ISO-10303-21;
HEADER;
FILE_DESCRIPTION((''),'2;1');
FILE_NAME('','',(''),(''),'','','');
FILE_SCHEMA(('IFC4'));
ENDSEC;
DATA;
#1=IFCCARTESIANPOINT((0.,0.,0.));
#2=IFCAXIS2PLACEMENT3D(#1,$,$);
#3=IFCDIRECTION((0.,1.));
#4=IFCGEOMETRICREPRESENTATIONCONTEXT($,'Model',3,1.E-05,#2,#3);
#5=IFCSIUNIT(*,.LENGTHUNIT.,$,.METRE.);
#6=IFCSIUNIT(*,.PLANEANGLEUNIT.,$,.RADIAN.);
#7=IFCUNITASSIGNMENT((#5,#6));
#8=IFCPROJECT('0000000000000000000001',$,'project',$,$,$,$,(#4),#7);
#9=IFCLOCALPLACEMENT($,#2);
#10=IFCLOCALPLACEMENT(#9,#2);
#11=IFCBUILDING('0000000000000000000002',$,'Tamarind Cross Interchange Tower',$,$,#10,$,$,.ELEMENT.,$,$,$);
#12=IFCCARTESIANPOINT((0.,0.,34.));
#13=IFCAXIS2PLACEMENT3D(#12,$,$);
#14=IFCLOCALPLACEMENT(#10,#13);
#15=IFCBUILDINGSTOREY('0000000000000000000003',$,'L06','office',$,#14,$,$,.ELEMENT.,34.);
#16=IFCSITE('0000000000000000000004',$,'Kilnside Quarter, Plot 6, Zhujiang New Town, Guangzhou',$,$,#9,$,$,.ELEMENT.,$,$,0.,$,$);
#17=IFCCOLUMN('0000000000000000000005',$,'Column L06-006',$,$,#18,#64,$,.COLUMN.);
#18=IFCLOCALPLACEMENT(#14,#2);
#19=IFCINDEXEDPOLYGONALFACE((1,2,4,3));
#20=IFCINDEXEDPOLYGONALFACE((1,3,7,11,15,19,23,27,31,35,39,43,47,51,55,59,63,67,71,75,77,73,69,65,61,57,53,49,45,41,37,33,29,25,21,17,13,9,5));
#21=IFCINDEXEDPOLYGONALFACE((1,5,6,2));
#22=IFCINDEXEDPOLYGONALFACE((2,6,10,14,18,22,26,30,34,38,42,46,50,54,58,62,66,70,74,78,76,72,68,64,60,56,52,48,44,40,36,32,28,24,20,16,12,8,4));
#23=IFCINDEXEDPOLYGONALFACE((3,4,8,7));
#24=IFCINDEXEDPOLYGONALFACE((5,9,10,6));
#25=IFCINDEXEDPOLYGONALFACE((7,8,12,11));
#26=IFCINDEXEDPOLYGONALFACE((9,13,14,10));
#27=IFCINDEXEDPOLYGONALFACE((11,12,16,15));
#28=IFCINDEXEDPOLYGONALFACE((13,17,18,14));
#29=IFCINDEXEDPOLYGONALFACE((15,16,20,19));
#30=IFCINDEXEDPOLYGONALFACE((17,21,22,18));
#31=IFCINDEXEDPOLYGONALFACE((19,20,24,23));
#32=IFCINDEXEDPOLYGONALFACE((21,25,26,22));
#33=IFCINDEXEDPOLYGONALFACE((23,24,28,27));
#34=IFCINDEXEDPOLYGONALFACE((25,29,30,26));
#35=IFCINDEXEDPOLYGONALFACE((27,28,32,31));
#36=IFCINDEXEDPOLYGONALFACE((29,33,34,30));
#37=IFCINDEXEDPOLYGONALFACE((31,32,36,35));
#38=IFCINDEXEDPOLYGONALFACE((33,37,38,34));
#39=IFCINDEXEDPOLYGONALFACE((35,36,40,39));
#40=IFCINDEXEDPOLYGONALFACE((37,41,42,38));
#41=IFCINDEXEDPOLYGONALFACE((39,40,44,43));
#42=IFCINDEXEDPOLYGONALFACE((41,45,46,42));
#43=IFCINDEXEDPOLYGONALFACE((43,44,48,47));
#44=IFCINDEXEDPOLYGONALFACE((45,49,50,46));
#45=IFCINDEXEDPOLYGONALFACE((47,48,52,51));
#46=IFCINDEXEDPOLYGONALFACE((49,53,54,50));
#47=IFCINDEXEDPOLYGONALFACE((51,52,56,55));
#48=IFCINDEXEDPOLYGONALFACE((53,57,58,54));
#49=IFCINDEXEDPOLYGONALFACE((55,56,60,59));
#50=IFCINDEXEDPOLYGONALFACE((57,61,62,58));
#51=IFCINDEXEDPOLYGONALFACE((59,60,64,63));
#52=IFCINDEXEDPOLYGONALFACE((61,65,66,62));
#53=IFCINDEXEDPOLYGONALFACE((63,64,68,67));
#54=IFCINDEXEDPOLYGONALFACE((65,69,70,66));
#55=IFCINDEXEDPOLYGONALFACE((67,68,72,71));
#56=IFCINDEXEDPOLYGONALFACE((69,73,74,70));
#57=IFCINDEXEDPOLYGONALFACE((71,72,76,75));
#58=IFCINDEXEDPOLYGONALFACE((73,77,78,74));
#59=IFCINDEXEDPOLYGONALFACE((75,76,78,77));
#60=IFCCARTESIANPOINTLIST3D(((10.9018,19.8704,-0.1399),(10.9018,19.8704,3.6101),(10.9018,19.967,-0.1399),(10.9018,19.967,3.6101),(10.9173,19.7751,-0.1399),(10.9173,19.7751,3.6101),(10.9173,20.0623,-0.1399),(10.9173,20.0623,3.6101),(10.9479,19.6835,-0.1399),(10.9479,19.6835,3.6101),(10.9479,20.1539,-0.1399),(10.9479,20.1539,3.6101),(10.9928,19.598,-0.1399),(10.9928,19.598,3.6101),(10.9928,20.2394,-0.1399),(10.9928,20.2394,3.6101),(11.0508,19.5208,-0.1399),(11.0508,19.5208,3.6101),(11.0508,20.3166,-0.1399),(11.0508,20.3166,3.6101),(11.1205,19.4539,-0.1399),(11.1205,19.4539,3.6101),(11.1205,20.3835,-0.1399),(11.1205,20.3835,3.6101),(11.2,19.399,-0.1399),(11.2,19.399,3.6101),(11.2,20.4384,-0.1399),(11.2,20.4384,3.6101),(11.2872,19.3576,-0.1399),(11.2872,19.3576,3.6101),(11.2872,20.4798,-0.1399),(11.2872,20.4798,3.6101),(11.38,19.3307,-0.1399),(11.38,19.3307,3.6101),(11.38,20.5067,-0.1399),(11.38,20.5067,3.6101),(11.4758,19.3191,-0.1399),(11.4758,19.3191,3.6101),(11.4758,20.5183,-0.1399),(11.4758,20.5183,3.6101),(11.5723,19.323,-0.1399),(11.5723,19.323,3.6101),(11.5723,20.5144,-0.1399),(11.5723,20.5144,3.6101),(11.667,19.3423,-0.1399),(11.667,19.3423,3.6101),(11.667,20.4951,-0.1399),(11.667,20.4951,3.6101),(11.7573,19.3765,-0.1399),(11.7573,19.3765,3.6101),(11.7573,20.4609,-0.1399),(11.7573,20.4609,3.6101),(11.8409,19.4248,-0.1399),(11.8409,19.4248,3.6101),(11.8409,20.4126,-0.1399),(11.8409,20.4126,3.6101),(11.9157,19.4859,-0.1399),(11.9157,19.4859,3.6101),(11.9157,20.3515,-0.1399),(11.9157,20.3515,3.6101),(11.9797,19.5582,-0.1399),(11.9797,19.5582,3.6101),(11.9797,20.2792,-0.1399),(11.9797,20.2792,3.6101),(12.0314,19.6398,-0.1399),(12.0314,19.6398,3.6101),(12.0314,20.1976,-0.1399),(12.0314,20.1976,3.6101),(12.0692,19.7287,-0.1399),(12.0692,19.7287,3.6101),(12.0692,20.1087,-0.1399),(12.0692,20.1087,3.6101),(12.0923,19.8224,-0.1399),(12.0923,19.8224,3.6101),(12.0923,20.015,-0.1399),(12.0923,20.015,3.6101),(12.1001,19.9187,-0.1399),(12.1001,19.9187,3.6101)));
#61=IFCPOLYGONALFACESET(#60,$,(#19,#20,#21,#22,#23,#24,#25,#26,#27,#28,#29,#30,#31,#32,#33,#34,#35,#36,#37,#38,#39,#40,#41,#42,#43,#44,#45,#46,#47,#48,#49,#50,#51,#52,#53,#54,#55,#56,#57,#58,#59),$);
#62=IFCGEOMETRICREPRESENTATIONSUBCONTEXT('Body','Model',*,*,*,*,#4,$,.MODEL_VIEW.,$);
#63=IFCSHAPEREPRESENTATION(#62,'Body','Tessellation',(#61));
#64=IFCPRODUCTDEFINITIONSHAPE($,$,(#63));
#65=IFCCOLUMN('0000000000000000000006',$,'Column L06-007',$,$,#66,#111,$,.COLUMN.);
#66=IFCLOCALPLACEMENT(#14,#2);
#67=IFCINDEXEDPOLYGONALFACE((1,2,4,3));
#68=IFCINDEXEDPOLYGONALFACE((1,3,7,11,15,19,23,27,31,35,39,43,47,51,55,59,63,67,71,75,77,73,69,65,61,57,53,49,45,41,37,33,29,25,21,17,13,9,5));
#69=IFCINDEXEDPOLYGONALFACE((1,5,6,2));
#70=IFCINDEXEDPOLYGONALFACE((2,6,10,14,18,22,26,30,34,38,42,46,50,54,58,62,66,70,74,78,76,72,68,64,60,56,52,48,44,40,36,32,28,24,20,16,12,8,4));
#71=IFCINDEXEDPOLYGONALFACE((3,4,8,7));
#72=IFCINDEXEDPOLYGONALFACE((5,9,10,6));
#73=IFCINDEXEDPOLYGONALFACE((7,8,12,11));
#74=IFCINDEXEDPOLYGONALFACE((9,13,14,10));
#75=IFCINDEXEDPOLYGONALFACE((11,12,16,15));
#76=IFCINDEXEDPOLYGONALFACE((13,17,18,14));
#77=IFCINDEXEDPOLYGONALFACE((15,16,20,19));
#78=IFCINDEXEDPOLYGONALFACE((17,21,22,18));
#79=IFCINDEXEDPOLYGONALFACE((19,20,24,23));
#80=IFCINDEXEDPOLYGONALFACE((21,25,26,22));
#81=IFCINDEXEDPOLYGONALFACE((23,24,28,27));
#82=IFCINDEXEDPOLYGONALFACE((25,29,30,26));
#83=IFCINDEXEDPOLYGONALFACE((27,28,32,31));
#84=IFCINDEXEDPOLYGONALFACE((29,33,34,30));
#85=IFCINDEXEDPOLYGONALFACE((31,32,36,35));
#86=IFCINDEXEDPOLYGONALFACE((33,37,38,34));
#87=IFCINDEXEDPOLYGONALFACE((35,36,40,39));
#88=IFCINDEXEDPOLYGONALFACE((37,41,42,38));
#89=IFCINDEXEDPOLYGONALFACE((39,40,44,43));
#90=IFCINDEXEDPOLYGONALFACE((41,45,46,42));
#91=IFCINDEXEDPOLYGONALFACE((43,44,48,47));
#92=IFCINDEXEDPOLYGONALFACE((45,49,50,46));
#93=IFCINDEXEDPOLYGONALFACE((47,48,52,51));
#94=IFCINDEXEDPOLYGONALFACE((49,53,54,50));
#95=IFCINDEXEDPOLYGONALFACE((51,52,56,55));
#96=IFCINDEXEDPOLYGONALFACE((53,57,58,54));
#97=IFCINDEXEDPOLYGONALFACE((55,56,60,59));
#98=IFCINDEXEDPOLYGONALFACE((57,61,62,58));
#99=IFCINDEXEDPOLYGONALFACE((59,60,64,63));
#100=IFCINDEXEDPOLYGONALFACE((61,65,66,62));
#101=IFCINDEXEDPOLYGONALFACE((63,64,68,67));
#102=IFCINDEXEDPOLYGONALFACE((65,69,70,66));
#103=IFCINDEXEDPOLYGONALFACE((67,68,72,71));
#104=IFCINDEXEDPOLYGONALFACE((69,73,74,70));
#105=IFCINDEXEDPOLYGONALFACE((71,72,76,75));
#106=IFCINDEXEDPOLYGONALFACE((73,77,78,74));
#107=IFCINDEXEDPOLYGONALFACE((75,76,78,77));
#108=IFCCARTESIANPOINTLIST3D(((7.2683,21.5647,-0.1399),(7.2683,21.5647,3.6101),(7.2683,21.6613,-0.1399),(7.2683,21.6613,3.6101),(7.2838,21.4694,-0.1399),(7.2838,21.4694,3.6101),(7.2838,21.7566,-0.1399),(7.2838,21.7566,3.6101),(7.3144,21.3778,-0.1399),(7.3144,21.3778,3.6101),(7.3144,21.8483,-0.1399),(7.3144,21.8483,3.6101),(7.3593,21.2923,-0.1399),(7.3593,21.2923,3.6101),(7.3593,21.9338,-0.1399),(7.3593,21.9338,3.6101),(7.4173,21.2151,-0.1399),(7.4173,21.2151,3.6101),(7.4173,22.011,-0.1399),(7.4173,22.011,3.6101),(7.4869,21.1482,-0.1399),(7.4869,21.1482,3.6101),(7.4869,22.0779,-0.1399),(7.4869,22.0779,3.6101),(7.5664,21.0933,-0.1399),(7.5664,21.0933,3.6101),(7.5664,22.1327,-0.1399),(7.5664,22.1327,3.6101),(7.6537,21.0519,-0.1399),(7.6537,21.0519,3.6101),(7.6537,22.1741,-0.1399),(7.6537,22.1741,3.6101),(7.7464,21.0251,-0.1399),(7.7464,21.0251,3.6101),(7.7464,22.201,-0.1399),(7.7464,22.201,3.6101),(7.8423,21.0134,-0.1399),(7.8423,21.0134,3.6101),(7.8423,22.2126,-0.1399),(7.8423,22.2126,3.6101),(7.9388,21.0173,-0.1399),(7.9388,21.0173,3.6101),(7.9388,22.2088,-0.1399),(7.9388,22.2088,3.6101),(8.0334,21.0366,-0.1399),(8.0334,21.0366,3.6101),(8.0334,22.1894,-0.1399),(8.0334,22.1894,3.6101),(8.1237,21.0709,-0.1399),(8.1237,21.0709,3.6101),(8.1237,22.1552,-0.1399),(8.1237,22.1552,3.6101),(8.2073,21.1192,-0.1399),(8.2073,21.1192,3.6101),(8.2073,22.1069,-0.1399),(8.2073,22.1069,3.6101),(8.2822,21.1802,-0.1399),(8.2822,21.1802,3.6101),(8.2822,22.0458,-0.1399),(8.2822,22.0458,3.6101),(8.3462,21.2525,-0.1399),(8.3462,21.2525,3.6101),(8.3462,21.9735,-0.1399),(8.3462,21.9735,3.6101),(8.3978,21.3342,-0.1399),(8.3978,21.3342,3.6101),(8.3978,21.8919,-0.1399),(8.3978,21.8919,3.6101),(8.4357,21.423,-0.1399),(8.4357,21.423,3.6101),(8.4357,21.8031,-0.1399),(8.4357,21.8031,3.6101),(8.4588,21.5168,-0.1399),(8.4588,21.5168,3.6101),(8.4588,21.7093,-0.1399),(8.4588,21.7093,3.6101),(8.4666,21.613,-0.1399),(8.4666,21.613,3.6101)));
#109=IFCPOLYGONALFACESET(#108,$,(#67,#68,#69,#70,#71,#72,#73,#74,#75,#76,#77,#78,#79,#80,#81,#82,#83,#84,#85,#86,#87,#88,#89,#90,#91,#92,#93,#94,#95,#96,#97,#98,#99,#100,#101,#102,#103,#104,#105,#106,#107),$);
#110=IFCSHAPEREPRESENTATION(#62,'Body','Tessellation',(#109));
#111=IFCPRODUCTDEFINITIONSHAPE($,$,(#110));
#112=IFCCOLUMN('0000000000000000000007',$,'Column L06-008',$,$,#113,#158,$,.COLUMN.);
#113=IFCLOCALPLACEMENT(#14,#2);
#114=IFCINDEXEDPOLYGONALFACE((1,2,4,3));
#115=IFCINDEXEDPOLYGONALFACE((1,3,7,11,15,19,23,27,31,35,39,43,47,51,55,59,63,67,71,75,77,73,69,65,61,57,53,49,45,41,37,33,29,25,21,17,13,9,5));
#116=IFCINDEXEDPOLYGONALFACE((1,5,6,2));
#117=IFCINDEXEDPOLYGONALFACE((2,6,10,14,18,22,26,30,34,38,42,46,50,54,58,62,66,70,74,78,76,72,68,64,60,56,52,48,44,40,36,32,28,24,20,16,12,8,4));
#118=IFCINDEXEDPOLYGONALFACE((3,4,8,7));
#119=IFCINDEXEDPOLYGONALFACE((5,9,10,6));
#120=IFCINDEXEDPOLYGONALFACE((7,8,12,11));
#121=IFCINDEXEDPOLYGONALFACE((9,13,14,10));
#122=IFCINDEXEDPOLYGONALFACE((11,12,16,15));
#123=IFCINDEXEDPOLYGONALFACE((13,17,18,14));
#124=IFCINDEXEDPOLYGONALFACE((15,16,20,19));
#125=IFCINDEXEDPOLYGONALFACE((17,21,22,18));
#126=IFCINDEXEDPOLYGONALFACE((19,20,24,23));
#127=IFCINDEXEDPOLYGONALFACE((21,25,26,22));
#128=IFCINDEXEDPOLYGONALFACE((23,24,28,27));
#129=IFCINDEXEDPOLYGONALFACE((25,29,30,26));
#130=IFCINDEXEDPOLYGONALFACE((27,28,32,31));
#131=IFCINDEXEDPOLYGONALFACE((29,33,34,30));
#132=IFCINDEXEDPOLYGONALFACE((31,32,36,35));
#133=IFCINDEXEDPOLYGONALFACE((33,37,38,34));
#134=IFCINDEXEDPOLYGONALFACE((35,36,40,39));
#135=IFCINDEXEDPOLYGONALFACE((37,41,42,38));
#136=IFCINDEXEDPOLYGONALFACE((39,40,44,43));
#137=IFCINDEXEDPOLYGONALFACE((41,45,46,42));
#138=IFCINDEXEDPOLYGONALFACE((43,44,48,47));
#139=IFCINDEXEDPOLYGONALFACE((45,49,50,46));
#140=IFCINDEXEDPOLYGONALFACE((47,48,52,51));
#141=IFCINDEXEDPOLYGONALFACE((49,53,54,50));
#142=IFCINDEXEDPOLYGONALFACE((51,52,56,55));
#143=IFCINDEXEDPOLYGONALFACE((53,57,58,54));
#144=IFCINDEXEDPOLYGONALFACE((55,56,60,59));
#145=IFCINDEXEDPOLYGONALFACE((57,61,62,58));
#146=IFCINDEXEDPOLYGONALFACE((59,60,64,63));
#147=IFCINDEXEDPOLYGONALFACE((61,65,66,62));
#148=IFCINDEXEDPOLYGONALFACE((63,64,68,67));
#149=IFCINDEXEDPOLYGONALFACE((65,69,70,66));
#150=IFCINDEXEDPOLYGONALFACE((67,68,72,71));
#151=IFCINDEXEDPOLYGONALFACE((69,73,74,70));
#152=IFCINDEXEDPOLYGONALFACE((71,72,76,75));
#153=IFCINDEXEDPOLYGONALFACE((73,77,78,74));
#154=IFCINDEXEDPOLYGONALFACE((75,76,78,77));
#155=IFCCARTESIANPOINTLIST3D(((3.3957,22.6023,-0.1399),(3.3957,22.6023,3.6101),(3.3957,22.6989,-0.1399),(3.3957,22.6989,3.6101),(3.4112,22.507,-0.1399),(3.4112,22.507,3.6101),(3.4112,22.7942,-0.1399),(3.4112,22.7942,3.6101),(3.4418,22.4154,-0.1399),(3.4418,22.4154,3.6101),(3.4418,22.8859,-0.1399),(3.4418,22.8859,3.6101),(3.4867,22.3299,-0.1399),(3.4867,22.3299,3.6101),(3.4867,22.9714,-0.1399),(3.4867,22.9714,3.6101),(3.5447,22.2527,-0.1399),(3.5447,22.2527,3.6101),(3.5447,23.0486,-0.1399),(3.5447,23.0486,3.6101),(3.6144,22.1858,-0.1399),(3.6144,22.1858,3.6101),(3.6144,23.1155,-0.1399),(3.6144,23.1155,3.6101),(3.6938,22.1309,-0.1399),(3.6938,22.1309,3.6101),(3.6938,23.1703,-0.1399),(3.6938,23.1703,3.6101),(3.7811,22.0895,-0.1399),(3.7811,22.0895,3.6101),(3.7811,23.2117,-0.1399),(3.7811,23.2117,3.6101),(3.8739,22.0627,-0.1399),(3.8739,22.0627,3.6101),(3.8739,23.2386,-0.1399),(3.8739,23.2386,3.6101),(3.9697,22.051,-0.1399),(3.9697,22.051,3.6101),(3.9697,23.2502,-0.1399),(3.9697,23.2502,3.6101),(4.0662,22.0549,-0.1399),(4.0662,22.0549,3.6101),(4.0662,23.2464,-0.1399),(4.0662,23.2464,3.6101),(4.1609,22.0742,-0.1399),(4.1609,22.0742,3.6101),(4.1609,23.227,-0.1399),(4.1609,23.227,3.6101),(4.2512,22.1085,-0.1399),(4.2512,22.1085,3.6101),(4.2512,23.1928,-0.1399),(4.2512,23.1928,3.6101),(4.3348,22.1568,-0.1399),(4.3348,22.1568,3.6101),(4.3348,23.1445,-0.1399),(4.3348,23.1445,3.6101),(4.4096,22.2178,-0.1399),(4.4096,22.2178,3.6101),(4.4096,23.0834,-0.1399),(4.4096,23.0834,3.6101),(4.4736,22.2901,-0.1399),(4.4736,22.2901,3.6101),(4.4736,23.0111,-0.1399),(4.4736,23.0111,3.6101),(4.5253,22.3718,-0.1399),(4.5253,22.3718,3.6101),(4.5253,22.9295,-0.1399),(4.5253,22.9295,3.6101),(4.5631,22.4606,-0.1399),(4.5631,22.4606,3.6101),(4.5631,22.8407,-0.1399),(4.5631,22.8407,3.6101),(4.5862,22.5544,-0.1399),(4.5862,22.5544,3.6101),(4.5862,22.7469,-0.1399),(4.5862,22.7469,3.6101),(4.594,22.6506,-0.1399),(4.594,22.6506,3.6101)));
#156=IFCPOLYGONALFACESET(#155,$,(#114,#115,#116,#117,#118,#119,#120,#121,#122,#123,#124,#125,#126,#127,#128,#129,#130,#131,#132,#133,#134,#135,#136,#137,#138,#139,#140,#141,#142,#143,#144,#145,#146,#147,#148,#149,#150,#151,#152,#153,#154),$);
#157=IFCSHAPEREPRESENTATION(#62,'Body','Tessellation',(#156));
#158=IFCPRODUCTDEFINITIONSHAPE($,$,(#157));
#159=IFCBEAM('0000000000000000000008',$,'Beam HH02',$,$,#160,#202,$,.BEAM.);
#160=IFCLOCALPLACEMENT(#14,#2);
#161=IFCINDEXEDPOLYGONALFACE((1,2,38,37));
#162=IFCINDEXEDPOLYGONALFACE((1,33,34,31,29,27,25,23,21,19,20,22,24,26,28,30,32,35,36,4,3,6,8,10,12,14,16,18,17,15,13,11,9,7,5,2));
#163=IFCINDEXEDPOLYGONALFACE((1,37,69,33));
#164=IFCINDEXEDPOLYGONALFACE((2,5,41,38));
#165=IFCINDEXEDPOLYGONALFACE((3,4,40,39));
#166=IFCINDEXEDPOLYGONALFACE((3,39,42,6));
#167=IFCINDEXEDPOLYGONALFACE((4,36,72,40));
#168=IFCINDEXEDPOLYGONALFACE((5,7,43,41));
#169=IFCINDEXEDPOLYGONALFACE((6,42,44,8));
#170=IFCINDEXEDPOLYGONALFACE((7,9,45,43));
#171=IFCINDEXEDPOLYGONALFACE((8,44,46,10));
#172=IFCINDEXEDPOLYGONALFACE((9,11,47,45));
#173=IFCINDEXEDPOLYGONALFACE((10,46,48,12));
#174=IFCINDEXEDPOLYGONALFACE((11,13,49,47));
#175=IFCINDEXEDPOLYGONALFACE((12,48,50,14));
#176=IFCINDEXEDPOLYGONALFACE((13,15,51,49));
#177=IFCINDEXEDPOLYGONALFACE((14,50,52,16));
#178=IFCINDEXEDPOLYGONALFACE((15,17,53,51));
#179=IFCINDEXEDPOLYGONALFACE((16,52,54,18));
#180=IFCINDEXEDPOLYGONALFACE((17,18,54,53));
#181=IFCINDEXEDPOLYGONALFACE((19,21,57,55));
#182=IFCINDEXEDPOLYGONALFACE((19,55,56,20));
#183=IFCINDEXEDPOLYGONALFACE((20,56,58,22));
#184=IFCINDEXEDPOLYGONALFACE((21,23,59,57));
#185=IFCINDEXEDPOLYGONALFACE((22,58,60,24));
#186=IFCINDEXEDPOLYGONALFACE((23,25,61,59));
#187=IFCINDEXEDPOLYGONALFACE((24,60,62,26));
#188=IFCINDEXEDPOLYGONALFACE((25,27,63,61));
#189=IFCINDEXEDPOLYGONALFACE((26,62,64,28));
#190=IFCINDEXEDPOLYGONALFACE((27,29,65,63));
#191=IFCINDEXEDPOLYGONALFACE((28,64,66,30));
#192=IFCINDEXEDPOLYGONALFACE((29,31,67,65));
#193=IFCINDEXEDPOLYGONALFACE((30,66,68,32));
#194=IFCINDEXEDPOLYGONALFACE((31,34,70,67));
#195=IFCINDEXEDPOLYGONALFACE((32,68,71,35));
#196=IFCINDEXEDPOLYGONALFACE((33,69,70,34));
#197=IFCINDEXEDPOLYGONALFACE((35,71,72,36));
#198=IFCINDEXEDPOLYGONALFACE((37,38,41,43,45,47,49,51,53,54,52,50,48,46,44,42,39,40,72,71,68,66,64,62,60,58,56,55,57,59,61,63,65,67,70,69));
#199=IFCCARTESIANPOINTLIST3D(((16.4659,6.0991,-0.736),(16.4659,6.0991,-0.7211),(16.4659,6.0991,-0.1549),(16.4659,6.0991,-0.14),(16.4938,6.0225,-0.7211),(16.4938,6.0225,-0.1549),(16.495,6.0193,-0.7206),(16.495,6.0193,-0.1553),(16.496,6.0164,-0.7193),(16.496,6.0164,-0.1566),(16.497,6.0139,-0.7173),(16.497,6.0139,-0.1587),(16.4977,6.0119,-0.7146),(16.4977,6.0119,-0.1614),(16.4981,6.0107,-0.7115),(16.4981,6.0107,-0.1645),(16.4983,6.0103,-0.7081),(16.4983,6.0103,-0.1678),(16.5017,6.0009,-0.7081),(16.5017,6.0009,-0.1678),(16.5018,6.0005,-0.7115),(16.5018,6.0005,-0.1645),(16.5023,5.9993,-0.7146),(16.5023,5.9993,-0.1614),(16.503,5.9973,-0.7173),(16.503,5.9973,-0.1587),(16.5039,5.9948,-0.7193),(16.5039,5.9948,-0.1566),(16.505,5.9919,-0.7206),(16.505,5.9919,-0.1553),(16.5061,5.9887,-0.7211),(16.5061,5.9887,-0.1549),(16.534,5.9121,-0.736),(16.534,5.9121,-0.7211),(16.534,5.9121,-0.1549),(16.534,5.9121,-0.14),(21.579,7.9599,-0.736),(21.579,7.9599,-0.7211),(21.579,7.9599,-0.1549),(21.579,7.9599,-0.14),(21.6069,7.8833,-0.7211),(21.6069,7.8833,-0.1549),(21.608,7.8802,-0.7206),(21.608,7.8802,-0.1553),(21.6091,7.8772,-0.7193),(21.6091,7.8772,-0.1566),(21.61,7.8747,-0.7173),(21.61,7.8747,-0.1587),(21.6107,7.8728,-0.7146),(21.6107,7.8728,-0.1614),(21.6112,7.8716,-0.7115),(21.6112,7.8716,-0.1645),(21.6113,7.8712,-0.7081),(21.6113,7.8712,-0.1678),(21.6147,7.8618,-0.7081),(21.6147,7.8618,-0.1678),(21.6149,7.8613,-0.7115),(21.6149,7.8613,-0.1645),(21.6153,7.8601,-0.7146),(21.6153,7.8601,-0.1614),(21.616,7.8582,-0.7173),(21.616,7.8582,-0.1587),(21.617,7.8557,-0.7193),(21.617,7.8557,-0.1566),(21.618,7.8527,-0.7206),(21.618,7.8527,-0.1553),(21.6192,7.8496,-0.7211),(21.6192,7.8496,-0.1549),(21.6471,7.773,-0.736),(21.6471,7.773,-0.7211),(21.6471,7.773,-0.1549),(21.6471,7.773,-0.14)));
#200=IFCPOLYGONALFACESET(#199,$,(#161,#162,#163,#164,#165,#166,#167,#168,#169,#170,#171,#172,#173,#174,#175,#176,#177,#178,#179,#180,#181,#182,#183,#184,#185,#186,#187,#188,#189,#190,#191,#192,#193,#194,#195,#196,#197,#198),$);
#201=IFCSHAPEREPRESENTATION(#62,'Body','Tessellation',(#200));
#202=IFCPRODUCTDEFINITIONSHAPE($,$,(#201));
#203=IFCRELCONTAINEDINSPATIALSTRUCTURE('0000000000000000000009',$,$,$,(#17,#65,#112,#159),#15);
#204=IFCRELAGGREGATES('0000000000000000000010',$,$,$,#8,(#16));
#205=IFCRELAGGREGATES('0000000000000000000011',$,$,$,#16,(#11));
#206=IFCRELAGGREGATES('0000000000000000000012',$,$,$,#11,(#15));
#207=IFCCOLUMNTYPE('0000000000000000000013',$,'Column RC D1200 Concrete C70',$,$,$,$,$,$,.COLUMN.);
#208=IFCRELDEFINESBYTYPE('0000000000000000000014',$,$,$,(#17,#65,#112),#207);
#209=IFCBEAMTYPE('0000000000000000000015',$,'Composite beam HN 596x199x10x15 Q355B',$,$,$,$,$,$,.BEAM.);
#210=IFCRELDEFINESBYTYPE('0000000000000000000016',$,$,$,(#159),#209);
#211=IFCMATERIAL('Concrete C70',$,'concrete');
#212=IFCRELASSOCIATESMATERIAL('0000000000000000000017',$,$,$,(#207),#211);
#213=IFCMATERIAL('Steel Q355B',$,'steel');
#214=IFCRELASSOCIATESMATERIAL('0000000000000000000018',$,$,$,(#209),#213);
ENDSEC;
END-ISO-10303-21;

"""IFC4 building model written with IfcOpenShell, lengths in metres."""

from ifc_helpers import new_model, si_unit, direction, frame, origin, origin_2d, place, context, subcontext, project, spatial, circle, i_section, extrude, material, material_profile, profile_set, type_object, element, save


model = new_model("IFC4")

# Units and contexts
model_context = context("Model", 3, precision=1e-05, world=origin(), true_north=direction((0.0, 1.0)))
body_context = subcontext(model_context, "Body", "Model", "MODEL_VIEW")
ifc_project = project(units=[si_unit("LENGTHUNIT", "METRE"), si_unit("PLANEANGLEUNIT", "RADIAN")], contexts=[model_context])

# Site, building, storey
site_placement = place(None, origin())
site = spatial("IfcSite", under=ifc_project, at=site_placement, Name="Kilnside Quarter, Plot 6, Zhujiang New Town, Guangzhou", CompositionType="ELEMENT", RefElevation=0.0)
building_placement = place(site_placement, origin())
building = spatial("IfcBuilding", under=site, at=building_placement, Name="Tamarind Cross Interchange Tower", CompositionType="ELEMENT")
storey_placement = place(building_placement, frame((0.0, 0.0, 34.0)))
storey = spatial("IfcBuildingStorey", under=building, at=storey_placement, Name="L06", Description="office", CompositionType="ELEMENT", Elevation=34.0)

# Columns
ifc_material_1 = material(Name="Concrete C70", Category="concrete")
ifc_material_profile_1 = material_profile(ifc_material_1, circle(Radius=0.6001, at=origin_2d()), Name="RC D1200")
ifc_profile_set_1 = profile_set([ifc_material_profile_1], Name="Concrete C70")
column_type = type_object("IfcColumnType", Name="Column RC D1200 Concrete C70", PredefinedType="COLUMN", material=ifc_profile_set_1)
for number, where, z_axis, x_axis, name in (
    (1, (11.5, 19.9187, -0.1399), (0.0, 0.0, 1.0), (1.0, 0.0, 0.0), "Column L06-006"),
    (2, (7.8665, 21.613, -0.1399), (0.0, 0.0, 1.0), (1.0, 0.0, 0.0), "Column L06-007"),
    (3, (3.9939, 22.6506, -0.1399), (0.0, 0.0, 1.0), (1.0, 0.0, 0.0), "Column L06-008"),
):
    element("IfcColumn", number, at=place(storey_placement, frame(where, z_axis=z_axis, x_axis=x_axis)), inside=storey, type_object=column_type, Name=name, PredefinedType="COLUMN", context=body_context, shape_type="SweptSolid", body=[
        extrude(circle(Radius=0.6001, at=origin_2d()), origin(), (0.0, 0.0, 1.0), 3.75),
    ])

# Beam
ifc_material_2 = material(Name="Steel Q355B", Category="steel")
ifc_material_profile_2 = material_profile(ifc_material_2, i_section(OverallWidth=0.199, OverallDepth=0.5959, WebThickness=0.01, FlangeThickness=0.0149, FilletRadius=0.0129, at=origin_2d()), Name="HN 596x199x10x15")
ifc_profile_set_2 = profile_set([ifc_material_profile_2], Name="Steel Q355B")
beam_type = type_object("IfcBeamType", Name="Composite beam HN 596x199x10x15 Q355B", PredefinedType="BEAM", material=ifc_profile_set_2)
beam_1_placement = place(storey_placement, frame((21.613, 7.8665, -0.438), z_axis=(-0.939702, -0.341995, 0.0), x_axis=(0.341995, -0.939702, 0.0)))
element("IfcBeam", 4, at=beam_1_placement, inside=storey, type_object=beam_type, Name="Beam HH02", PredefinedType="BEAM", context=body_context, shape_type="SweptSolid", body=[
    extrude(i_section(OverallWidth=0.199, OverallDepth=0.5959, WebThickness=0.01, FlangeThickness=0.0149, FilletRadius=0.0129, at=origin_2d()), origin(), (0.0, 0.0, 1.0), 5.4412),
])

save(model, "model.ifc")
